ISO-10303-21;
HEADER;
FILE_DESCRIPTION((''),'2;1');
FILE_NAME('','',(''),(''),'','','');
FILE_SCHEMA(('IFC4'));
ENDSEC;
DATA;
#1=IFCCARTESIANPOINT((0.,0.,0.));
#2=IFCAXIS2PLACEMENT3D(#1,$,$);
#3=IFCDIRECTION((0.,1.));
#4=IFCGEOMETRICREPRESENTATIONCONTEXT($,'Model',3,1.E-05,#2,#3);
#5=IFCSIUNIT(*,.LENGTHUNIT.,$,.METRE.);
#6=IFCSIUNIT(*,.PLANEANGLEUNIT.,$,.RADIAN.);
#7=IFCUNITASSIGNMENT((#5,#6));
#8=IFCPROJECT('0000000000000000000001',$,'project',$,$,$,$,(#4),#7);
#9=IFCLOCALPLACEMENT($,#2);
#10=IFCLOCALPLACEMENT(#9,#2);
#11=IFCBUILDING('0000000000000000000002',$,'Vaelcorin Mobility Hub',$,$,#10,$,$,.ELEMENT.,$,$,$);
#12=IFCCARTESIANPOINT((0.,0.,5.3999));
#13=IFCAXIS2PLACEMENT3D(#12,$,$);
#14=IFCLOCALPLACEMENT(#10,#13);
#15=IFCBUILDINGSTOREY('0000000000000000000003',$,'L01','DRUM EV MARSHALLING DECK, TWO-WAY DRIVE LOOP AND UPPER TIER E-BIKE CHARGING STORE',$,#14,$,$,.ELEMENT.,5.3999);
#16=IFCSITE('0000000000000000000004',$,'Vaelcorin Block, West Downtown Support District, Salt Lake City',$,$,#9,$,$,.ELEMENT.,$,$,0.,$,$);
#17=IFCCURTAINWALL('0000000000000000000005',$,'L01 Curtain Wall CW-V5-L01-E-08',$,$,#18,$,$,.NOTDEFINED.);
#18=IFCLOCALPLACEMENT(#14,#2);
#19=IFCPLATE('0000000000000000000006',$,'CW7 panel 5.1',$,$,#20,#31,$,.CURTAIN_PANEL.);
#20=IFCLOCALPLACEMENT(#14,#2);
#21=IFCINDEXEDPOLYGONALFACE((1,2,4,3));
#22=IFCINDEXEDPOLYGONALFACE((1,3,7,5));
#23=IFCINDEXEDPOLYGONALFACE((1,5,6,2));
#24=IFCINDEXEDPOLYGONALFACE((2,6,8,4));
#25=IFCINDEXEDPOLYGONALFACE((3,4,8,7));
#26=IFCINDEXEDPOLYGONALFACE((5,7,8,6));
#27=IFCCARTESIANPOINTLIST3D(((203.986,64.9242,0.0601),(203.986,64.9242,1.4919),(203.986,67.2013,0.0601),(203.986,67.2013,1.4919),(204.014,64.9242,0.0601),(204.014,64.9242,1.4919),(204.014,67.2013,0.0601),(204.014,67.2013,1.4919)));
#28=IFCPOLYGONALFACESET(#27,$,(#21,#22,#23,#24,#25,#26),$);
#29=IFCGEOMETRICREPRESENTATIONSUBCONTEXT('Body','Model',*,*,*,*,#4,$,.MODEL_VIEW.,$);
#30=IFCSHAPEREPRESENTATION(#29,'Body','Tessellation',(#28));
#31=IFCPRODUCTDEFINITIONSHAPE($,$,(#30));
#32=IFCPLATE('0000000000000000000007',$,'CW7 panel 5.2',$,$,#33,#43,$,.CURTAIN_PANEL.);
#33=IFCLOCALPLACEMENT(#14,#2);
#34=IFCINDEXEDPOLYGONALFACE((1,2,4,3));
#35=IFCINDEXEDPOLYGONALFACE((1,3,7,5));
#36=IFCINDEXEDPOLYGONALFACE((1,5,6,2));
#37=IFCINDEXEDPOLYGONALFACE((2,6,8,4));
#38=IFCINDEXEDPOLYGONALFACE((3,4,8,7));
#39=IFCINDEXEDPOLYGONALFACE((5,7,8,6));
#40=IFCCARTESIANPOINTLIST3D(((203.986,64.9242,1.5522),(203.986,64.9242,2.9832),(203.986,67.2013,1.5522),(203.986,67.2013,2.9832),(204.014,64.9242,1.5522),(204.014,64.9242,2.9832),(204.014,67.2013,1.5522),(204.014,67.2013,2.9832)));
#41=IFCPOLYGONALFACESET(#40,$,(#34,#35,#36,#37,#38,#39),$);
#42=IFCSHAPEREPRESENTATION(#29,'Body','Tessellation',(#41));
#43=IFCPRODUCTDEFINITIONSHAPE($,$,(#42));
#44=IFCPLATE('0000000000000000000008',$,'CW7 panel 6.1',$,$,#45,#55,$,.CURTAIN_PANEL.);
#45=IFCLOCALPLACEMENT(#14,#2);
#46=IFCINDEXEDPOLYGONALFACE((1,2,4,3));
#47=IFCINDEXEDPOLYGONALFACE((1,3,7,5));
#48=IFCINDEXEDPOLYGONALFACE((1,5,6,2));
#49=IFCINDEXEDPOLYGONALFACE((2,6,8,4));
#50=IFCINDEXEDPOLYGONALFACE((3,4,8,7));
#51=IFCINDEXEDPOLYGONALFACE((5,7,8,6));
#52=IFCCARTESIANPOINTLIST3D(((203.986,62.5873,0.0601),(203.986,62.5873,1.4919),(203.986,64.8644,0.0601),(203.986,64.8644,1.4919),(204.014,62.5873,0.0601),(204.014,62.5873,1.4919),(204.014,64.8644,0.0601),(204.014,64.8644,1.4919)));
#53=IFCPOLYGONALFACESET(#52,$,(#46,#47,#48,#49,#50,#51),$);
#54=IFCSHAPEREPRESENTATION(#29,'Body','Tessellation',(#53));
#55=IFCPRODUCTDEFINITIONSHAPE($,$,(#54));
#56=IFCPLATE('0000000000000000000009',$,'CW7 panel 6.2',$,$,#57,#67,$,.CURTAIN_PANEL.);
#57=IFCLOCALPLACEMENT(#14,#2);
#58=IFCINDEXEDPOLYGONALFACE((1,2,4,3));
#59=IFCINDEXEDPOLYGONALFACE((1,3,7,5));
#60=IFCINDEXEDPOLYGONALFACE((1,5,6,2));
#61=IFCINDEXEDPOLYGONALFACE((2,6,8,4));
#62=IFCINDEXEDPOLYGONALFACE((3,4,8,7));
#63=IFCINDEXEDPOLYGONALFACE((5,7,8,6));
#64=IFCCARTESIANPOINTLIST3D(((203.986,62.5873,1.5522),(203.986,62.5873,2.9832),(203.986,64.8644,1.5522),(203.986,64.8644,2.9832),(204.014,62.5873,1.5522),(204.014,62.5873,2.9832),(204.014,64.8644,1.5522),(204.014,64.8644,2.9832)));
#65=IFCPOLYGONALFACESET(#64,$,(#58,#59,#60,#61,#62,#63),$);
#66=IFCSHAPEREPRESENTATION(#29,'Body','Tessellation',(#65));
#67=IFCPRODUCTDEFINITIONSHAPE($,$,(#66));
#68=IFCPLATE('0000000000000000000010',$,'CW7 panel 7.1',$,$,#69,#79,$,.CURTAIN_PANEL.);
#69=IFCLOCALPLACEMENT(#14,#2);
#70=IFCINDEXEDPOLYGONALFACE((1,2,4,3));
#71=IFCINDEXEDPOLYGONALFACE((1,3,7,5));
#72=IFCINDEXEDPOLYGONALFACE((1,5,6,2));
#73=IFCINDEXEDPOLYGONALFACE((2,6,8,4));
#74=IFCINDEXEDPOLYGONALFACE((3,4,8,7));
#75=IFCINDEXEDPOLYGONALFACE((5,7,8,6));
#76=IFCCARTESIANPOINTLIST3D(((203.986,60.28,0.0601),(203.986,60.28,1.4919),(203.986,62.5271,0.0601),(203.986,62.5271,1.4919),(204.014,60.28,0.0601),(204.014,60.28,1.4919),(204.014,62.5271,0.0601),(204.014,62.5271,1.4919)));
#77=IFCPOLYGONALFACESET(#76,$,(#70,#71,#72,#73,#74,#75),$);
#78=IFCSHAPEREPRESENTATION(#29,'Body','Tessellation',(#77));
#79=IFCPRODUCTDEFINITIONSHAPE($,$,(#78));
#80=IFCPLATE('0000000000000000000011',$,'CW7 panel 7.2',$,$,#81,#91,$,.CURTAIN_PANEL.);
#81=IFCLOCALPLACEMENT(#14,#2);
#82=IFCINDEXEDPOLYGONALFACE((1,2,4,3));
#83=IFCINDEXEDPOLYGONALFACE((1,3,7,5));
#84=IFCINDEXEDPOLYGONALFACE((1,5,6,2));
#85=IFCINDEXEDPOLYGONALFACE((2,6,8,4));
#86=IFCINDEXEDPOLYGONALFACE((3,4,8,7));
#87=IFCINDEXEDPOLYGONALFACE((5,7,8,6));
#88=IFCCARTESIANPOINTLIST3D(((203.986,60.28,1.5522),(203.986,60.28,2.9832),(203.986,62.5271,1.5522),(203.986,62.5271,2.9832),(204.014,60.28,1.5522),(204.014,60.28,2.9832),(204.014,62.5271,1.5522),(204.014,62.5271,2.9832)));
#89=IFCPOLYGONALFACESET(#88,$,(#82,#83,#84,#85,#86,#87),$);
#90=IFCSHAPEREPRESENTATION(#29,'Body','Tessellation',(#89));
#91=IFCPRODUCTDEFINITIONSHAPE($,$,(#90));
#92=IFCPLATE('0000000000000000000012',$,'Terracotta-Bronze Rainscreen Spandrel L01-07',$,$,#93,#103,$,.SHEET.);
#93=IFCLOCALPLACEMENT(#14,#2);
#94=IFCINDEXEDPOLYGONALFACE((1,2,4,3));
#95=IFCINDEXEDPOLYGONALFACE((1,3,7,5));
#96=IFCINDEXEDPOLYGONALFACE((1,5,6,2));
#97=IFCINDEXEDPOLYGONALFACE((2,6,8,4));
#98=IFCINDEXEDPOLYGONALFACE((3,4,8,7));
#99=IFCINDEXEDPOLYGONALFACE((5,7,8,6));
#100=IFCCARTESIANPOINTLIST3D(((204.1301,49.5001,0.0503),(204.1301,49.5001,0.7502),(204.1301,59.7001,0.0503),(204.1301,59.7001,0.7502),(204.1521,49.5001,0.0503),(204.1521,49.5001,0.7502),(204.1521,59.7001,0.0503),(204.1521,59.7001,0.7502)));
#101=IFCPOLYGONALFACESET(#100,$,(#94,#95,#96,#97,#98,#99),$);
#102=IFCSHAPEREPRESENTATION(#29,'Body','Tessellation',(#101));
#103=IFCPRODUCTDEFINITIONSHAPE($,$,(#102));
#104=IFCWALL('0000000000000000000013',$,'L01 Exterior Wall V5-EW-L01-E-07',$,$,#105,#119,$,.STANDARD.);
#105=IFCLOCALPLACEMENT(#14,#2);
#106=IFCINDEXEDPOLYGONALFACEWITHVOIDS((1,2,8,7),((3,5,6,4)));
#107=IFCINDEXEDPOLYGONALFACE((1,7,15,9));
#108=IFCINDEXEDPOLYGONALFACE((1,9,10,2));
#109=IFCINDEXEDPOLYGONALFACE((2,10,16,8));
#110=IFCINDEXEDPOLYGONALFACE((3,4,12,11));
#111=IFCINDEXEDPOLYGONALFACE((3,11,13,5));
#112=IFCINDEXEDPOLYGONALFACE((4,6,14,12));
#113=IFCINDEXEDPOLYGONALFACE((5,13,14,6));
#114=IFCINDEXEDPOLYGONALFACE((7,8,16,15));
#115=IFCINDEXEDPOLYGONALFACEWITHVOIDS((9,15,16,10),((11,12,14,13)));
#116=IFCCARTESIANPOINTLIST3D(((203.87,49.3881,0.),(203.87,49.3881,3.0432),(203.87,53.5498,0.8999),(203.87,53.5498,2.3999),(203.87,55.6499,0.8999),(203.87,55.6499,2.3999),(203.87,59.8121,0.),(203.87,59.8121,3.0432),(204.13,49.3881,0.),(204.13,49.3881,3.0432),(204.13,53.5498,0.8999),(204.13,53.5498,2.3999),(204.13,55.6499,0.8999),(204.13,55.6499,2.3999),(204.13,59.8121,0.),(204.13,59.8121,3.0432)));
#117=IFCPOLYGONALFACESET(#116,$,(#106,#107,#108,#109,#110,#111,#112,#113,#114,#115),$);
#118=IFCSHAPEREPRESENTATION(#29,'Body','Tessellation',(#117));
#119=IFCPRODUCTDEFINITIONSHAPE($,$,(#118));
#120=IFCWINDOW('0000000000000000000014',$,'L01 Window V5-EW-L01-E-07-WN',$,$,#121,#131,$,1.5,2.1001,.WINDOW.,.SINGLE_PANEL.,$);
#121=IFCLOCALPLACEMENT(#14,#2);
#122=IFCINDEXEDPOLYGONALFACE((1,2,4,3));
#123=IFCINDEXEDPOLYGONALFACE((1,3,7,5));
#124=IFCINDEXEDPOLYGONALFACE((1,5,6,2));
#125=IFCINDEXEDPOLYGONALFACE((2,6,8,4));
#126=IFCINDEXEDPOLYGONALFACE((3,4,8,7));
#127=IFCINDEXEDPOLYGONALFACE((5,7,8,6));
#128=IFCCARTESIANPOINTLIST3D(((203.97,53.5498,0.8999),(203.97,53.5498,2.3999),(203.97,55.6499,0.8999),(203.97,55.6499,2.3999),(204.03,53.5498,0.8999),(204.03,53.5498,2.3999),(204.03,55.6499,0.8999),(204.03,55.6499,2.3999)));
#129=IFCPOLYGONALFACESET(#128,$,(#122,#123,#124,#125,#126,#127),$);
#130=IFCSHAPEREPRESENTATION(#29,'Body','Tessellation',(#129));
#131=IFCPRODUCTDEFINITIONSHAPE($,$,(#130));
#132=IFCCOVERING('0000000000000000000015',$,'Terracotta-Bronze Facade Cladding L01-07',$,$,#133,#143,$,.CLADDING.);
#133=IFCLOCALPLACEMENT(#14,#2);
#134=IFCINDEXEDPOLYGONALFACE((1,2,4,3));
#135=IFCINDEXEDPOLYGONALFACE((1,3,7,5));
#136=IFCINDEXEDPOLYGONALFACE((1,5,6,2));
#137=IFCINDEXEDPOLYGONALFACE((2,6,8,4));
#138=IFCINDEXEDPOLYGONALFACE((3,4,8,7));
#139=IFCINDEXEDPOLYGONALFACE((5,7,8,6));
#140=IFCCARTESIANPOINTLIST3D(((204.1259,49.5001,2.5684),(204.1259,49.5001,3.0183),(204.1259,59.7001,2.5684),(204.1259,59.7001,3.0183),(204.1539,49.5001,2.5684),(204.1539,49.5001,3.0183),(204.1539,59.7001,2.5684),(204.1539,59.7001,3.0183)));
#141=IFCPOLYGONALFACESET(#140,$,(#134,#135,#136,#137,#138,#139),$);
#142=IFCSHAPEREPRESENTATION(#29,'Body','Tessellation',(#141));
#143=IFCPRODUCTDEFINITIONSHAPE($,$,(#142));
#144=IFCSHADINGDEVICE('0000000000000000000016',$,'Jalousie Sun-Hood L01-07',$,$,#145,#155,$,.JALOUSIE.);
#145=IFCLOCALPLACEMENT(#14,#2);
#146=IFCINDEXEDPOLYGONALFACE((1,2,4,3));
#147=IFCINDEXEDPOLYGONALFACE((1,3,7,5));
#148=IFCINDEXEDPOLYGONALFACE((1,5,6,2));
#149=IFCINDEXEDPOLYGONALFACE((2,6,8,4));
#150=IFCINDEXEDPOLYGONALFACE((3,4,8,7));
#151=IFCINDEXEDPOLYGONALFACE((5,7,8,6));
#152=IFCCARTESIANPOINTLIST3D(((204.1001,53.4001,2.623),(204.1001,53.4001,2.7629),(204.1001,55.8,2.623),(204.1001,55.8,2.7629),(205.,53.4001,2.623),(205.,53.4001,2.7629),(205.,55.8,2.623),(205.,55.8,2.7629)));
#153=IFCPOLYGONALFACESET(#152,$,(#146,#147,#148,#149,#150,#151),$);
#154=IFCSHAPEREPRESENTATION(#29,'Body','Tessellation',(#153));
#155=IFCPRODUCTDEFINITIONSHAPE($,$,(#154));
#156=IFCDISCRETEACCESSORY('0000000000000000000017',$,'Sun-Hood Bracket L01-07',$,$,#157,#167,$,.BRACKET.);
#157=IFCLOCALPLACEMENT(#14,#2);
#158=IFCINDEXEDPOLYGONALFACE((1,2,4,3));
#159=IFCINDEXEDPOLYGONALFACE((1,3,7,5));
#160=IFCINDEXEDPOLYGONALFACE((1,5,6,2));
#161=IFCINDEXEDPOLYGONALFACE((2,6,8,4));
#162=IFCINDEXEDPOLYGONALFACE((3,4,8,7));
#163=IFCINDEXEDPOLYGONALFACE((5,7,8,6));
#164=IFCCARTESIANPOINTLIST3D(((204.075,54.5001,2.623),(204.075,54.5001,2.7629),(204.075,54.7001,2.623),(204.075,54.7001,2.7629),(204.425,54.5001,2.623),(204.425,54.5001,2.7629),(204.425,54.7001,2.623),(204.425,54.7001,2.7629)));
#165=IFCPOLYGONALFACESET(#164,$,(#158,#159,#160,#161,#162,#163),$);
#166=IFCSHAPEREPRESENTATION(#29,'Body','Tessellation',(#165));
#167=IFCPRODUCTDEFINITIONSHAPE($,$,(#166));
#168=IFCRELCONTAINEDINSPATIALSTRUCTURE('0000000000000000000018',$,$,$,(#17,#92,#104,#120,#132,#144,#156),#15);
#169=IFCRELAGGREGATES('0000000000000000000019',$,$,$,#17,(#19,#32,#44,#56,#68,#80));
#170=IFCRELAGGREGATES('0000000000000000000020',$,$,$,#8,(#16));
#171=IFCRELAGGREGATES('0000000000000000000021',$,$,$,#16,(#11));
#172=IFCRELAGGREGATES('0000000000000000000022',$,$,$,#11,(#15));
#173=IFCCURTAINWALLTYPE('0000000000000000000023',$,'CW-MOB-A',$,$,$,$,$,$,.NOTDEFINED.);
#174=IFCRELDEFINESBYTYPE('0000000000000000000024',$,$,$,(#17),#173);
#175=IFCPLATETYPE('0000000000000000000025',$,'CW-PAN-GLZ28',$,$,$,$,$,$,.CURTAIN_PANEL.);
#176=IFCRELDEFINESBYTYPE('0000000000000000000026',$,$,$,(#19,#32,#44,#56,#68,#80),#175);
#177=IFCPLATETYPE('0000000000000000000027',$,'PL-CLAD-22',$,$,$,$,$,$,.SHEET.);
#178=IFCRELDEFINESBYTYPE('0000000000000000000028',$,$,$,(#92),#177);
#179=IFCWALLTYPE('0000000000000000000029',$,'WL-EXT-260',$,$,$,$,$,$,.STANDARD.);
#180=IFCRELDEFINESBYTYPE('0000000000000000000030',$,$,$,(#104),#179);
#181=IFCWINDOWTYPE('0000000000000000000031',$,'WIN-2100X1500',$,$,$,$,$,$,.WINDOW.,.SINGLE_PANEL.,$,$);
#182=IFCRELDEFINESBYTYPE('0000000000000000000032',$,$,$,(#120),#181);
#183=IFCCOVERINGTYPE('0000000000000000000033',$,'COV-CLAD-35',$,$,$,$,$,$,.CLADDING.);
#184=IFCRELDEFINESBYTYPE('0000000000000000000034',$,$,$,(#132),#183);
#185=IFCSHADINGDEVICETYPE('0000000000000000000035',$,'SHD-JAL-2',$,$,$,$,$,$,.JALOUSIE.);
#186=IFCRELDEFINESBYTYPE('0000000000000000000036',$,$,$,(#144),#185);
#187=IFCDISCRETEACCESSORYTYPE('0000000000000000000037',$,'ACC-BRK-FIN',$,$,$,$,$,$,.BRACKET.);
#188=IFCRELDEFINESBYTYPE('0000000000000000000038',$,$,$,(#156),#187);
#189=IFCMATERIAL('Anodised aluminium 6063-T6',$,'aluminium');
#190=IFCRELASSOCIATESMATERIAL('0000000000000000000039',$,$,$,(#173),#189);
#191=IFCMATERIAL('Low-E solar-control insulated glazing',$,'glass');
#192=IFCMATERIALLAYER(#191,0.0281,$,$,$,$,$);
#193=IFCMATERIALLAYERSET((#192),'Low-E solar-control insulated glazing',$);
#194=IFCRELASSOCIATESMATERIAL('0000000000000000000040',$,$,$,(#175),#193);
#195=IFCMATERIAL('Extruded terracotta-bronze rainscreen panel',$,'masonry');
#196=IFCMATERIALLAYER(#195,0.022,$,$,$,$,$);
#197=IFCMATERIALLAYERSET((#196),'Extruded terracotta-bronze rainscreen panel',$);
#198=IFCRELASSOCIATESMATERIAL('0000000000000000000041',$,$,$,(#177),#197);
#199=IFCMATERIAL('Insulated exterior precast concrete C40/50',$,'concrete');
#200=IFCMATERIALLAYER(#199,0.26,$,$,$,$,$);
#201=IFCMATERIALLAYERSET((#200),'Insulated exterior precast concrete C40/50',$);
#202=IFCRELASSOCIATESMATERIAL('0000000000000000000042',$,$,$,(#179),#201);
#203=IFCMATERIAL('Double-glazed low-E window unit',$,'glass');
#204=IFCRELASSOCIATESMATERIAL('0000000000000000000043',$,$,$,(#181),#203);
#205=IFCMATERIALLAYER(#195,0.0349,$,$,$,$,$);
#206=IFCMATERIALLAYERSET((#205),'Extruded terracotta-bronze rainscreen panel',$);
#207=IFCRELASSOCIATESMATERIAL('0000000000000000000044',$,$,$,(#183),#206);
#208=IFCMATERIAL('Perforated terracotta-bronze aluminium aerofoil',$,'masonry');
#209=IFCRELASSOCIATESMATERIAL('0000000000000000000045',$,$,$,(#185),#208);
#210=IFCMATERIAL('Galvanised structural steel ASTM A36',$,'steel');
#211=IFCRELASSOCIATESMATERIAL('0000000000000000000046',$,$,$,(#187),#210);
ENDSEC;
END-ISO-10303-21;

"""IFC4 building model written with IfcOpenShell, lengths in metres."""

from ifc_helpers import new_model, si_unit, direction, frame, frame_2d, origin, origin_2d, place, context, subcontext, project, spatial, rectangle, extrude, material, layer, layer_set, type_object, element, fill, aggregate, save


model = new_model("IFC4")

# Units and contexts
model_context = context("Model", 3, precision=1e-05, world=origin(), true_north=direction((0.0, 1.0)))
body_context = subcontext(model_context, "Body", "Model", "MODEL_VIEW")
ifc_project = project(units=[si_unit("LENGTHUNIT", "METRE"), si_unit("PLANEANGLEUNIT", "RADIAN")], contexts=[model_context])

# Site, building, storey
site_placement = place(None, origin())
site = spatial("IfcSite", under=ifc_project, at=site_placement, Name="Vaelcorin Block, West Downtown Support District, Salt Lake City", CompositionType="ELEMENT", RefElevation=0.0)
building_placement = place(site_placement, origin())
building = spatial("IfcBuilding", under=site, at=building_placement, Name="Vaelcorin Mobility Hub", CompositionType="ELEMENT")
storey_placement = place(building_placement, frame((0.0, 0.0, 5.3999)))
storey = spatial("IfcBuildingStorey", under=building, at=storey_placement, Name="L01", Description="DRUM EV MARSHALLING DECK, TWO-WAY DRIVE LOOP AND UPPER TIER E-BIKE CHARGING STORE", CompositionType="ELEMENT", Elevation=5.3999)

# Curtain wall, plates
ifc_material_1 = material(Name="Anodised aluminium 6063-T6", Category="aluminium")
curtain_wall_type = type_object("IfcCurtainWallType", Name="CW-MOB-A", PredefinedType="NOTDEFINED", material=ifc_material_1)
curtain_wall_placement = place(storey_placement, origin())
curtain_wall = element("IfcCurtainWall", 1, at=curtain_wall_placement, inside=storey, type_object=curtain_wall_type, Name="L01 Curtain Wall CW-V5-L01-E-08", PredefinedType="NOTDEFINED")
ifc_material_2 = material(Name="Low-E solar-control insulated glazing", Category="glass")
ifc_layer_1 = layer(ifc_material_2, 0.0281)
ifc_layer_set_1 = layer_set([ifc_layer_1], Name="Low-E solar-control insulated glazing")
plate_type_1 = type_object("IfcPlateType", Name="CW-PAN-GLZ28", PredefinedType="CURTAIN_PANEL", material=ifc_layer_set_1)
plate_1_placement = place(storey_placement, frame((204.0, 66.0627, 0.0601), z_axis=(0.0, 0.0, 1.0), x_axis=(0.0, -1.0, 0.0)))
plate_1 = element("IfcPlate", 2, at=plate_1_placement, type_object=plate_type_1, Name="CW7 panel 5.1", PredefinedType="CURTAIN_PANEL", context=body_context, shape_type="SweptSolid", body=[
    extrude(rectangle(XDim=2.2771, YDim=0.0281, at=origin_2d()), origin(), (0.0, 0.0, 1.0), 1.4319),
])
plate_2_placement = place(storey_placement, frame((204.0, 66.0627, 1.5522), z_axis=(0.0, 0.0, 1.0), x_axis=(0.0, -1.0, 0.0)))
plate_2 = element("IfcPlate", 3, at=plate_2_placement, type_object=plate_type_1, Name="CW7 panel 5.2", PredefinedType="CURTAIN_PANEL", context=body_context, shape_type="SweptSolid", body=[
    extrude(rectangle(XDim=2.2771, YDim=0.0281, at=origin_2d()), origin(), (0.0, 0.0, 1.0), 1.4309),
])
plate_3_placement = place(storey_placement, frame((204.0, 63.7258, 0.0601), z_axis=(0.0, 0.0, 1.0), x_axis=(0.0, -1.0, 0.0)))
plate_3 = element("IfcPlate", 4, at=plate_3_placement, type_object=plate_type_1, Name="CW7 panel 6.1", PredefinedType="CURTAIN_PANEL", context=body_context, shape_type="SweptSolid", body=[
    extrude(rectangle(XDim=2.2771, YDim=0.0281, at=origin_2d()), origin(), (0.0, 0.0, 1.0), 1.4319),
])
plate_4_placement = place(storey_placement, frame((204.0, 63.7258, 1.5522), z_axis=(0.0, 0.0, 1.0), x_axis=(0.0, -1.0, 0.0)))
plate_4 = element("IfcPlate", 5, at=plate_4_placement, type_object=plate_type_1, Name="CW7 panel 6.2", PredefinedType="CURTAIN_PANEL", context=body_context, shape_type="SweptSolid", body=[
    extrude(rectangle(XDim=2.2771, YDim=0.0281, at=origin_2d()), origin(), (0.0, 0.0, 1.0), 1.4309),
])
plate_5_placement = place(storey_placement, frame((204.0, 61.4036, 0.0601), z_axis=(0.0, 0.0, 1.0), x_axis=(0.0, -1.0, 0.0)))
plate_5 = element("IfcPlate", 6, at=plate_5_placement, type_object=plate_type_1, Name="CW7 panel 7.1", PredefinedType="CURTAIN_PANEL", context=body_context, shape_type="SweptSolid", body=[
    extrude(rectangle(XDim=2.2471, YDim=0.0281, at=origin_2d()), origin(), (0.0, 0.0, 1.0), 1.4319),
])
plate_6_placement = place(storey_placement, frame((204.0, 61.4036, 1.5522), z_axis=(0.0, 0.0, 1.0), x_axis=(0.0, -1.0, 0.0)))
plate_6 = element("IfcPlate", 7, at=plate_6_placement, type_object=plate_type_1, Name="CW7 panel 7.2", PredefinedType="CURTAIN_PANEL", context=body_context, shape_type="SweptSolid", body=[
    extrude(rectangle(XDim=2.2471, YDim=0.0281, at=origin_2d()), origin(), (0.0, 0.0, 1.0), 1.4309),
])
aggregate(curtain_wall, [plate_1, plate_2, plate_3, plate_4, plate_5, plate_6])

# Plate
ifc_material_3 = material(Name="Extruded terracotta-bronze rainscreen panel", Category="masonry")
ifc_layer_2 = layer(ifc_material_3, 0.022)
ifc_layer_set_2 = layer_set([ifc_layer_2], Name="Extruded terracotta-bronze rainscreen panel")
plate_type_2 = type_object("IfcPlateType", Name="PL-CLAD-22", PredefinedType="SHEET", material=ifc_layer_set_2)
plate_7_placement = place(storey_placement, frame((204.1411, 54.6001, 0.0503), z_axis=(0.0, 0.0, 1.0), x_axis=(1.0, 0.0, 0.0)))
element("IfcPlate", 8, at=plate_7_placement, inside=storey, type_object=plate_type_2, Name="Terracotta-Bronze Rainscreen Spandrel L01-07", PredefinedType="SHEET", context=body_context, shape_type="SweptSolid", body=[
    extrude(rectangle(XDim=0.022, YDim=10.2, at=origin_2d()), origin(), (0.0, 0.0, 1.0), 0.7),
])

# Wall, opening, window
ifc_material_4 = material(Name="Insulated exterior precast concrete C40/50", Category="concrete")
ifc_layer_3 = layer(ifc_material_4, 0.26)
ifc_layer_set_3 = layer_set([ifc_layer_3], Name="Insulated exterior precast concrete C40/50")
wall_type = type_object("IfcWallType", Name="WL-EXT-260", PredefinedType="STANDARD", material=ifc_layer_set_3)
wall_placement = place(storey_placement, frame((204.0, 59.812, 0.0), z_axis=(0.0, 0.0, 1.0), x_axis=(0.0, -1.0, 0.0)))
wall = element("IfcWall", 9, at=wall_placement, inside=storey, type_object=wall_type, Name="L01 Exterior Wall V5-EW-L01-E-07", PredefinedType="STANDARD", context=body_context, shape_type="SweptSolid", body=[
    extrude(rectangle(XDim=10.4241, YDim=0.26, at=frame_2d((5.2119, 0.0))), origin(), (0.0, 0.0, 1.0), 3.0432),
])
opening_placement = place(wall_placement, frame((4.1621, 0.0, 0.8999)))
opening = element("IfcOpeningElement", 10, at=opening_placement, cuts=wall, PredefinedType="OPENING", context=body_context, shape_type="SweptSolid", body=[
    extrude(rectangle(XDim=2.1001, YDim=1.5, at=frame_2d((1.05, 0.75))), frame((0.0, 0.1399, 0.0), z_axis=(0.0, -1.0, 0.0), x_axis=(1.0, 0.0, 0.0)), (0.0, 0.0, 1.0), 0.28),
])
ifc_material_5 = material(Name="Double-glazed low-E window unit", Category="glass")
window_type = type_object("IfcWindowType", Name="WIN-2100X1500", PartitioningType="SINGLE_PANEL", PredefinedType="WINDOW", material=ifc_material_5)
window_placement = place(opening_placement, origin())
window = element("IfcWindow", 11, at=window_placement, inside=storey, type_object=window_type, Name="L01 Window V5-EW-L01-E-07-WN", OverallHeight=1.5, OverallWidth=2.1001, PartitioningType="SINGLE_PANEL", PredefinedType="WINDOW", context=body_context, shape_type="SweptSolid", body=[
    extrude(rectangle(XDim=2.1001, YDim=1.5, at=frame_2d((1.05, 0.75))), frame((0.0, 0.03, 0.0), z_axis=(0.0, -1.0, 0.0), x_axis=(1.0, 0.0, 0.0)), (0.0, 0.0, 1.0), 0.0601),
])
fill(opening, window)

# Covering
ifc_layer_4 = layer(ifc_material_3, 0.0349)
ifc_layer_set_4 = layer_set([ifc_layer_4], Name="Extruded terracotta-bronze rainscreen panel")
covering_type = type_object("IfcCoveringType", Name="COV-CLAD-35", PredefinedType="CLADDING", material=ifc_layer_set_4)
covering_placement = place(storey_placement, frame((204.1399, 54.6001, 2.5684), z_axis=(0.0, 0.0, 1.0), x_axis=(1.0, 0.0, 0.0)))
element("IfcCovering", 12, at=covering_placement, inside=storey, type_object=covering_type, Name="Terracotta-Bronze Facade Cladding L01-07", PredefinedType="CLADDING", context=body_context, shape_type="SweptSolid", body=[
    extrude(rectangle(XDim=0.0281, YDim=10.2, at=origin_2d()), origin(), (0.0, 0.0, 1.0), 0.45),
])

# Shading device
ifc_material_6 = material(Name="Perforated terracotta-bronze aluminium aerofoil", Category="masonry")
shading_device_type = type_object("IfcShadingDeviceType", Name="SHD-JAL-2", PredefinedType="JALOUSIE", material=ifc_material_6)
shading_device_placement = place(storey_placement, frame((204.55, 54.6001, 2.623), z_axis=(0.0, 0.0, 1.0), x_axis=(1.0, 0.0, 0.0)))
element("IfcShadingDevice", 13, at=shading_device_placement, inside=storey, type_object=shading_device_type, Name="Jalousie Sun-Hood L01-07", PredefinedType="JALOUSIE", context=body_context, shape_type="SweptSolid", body=[
    extrude(rectangle(XDim=0.8999, YDim=2.3999, at=origin_2d()), origin(), (0.0, 0.0, 1.0), 0.1399),
])

# Discrete accessory
ifc_material_7 = material(Name="Galvanised structural steel ASTM A36", Category="steel")
discrete_accessory_type = type_object("IfcDiscreteAccessoryType", Name="ACC-BRK-FIN", PredefinedType="BRACKET", material=ifc_material_7)
discrete_accessory_placement = place(storey_placement, frame((204.25, 54.6001, 2.623), z_axis=(0.0, 0.0, 1.0), x_axis=(1.0, 0.0, 0.0)))
element("IfcDiscreteAccessory", 14, at=discrete_accessory_placement, inside=storey, type_object=discrete_accessory_type, Name="Sun-Hood Bracket L01-07", PredefinedType="BRACKET", context=body_context, shape_type="SweptSolid", body=[
    extrude(rectangle(XDim=0.3501, YDim=0.2, at=origin_2d()), origin(), (0.0, 0.0, 1.0), 0.1399),
])

save(model, "model.ifc")
